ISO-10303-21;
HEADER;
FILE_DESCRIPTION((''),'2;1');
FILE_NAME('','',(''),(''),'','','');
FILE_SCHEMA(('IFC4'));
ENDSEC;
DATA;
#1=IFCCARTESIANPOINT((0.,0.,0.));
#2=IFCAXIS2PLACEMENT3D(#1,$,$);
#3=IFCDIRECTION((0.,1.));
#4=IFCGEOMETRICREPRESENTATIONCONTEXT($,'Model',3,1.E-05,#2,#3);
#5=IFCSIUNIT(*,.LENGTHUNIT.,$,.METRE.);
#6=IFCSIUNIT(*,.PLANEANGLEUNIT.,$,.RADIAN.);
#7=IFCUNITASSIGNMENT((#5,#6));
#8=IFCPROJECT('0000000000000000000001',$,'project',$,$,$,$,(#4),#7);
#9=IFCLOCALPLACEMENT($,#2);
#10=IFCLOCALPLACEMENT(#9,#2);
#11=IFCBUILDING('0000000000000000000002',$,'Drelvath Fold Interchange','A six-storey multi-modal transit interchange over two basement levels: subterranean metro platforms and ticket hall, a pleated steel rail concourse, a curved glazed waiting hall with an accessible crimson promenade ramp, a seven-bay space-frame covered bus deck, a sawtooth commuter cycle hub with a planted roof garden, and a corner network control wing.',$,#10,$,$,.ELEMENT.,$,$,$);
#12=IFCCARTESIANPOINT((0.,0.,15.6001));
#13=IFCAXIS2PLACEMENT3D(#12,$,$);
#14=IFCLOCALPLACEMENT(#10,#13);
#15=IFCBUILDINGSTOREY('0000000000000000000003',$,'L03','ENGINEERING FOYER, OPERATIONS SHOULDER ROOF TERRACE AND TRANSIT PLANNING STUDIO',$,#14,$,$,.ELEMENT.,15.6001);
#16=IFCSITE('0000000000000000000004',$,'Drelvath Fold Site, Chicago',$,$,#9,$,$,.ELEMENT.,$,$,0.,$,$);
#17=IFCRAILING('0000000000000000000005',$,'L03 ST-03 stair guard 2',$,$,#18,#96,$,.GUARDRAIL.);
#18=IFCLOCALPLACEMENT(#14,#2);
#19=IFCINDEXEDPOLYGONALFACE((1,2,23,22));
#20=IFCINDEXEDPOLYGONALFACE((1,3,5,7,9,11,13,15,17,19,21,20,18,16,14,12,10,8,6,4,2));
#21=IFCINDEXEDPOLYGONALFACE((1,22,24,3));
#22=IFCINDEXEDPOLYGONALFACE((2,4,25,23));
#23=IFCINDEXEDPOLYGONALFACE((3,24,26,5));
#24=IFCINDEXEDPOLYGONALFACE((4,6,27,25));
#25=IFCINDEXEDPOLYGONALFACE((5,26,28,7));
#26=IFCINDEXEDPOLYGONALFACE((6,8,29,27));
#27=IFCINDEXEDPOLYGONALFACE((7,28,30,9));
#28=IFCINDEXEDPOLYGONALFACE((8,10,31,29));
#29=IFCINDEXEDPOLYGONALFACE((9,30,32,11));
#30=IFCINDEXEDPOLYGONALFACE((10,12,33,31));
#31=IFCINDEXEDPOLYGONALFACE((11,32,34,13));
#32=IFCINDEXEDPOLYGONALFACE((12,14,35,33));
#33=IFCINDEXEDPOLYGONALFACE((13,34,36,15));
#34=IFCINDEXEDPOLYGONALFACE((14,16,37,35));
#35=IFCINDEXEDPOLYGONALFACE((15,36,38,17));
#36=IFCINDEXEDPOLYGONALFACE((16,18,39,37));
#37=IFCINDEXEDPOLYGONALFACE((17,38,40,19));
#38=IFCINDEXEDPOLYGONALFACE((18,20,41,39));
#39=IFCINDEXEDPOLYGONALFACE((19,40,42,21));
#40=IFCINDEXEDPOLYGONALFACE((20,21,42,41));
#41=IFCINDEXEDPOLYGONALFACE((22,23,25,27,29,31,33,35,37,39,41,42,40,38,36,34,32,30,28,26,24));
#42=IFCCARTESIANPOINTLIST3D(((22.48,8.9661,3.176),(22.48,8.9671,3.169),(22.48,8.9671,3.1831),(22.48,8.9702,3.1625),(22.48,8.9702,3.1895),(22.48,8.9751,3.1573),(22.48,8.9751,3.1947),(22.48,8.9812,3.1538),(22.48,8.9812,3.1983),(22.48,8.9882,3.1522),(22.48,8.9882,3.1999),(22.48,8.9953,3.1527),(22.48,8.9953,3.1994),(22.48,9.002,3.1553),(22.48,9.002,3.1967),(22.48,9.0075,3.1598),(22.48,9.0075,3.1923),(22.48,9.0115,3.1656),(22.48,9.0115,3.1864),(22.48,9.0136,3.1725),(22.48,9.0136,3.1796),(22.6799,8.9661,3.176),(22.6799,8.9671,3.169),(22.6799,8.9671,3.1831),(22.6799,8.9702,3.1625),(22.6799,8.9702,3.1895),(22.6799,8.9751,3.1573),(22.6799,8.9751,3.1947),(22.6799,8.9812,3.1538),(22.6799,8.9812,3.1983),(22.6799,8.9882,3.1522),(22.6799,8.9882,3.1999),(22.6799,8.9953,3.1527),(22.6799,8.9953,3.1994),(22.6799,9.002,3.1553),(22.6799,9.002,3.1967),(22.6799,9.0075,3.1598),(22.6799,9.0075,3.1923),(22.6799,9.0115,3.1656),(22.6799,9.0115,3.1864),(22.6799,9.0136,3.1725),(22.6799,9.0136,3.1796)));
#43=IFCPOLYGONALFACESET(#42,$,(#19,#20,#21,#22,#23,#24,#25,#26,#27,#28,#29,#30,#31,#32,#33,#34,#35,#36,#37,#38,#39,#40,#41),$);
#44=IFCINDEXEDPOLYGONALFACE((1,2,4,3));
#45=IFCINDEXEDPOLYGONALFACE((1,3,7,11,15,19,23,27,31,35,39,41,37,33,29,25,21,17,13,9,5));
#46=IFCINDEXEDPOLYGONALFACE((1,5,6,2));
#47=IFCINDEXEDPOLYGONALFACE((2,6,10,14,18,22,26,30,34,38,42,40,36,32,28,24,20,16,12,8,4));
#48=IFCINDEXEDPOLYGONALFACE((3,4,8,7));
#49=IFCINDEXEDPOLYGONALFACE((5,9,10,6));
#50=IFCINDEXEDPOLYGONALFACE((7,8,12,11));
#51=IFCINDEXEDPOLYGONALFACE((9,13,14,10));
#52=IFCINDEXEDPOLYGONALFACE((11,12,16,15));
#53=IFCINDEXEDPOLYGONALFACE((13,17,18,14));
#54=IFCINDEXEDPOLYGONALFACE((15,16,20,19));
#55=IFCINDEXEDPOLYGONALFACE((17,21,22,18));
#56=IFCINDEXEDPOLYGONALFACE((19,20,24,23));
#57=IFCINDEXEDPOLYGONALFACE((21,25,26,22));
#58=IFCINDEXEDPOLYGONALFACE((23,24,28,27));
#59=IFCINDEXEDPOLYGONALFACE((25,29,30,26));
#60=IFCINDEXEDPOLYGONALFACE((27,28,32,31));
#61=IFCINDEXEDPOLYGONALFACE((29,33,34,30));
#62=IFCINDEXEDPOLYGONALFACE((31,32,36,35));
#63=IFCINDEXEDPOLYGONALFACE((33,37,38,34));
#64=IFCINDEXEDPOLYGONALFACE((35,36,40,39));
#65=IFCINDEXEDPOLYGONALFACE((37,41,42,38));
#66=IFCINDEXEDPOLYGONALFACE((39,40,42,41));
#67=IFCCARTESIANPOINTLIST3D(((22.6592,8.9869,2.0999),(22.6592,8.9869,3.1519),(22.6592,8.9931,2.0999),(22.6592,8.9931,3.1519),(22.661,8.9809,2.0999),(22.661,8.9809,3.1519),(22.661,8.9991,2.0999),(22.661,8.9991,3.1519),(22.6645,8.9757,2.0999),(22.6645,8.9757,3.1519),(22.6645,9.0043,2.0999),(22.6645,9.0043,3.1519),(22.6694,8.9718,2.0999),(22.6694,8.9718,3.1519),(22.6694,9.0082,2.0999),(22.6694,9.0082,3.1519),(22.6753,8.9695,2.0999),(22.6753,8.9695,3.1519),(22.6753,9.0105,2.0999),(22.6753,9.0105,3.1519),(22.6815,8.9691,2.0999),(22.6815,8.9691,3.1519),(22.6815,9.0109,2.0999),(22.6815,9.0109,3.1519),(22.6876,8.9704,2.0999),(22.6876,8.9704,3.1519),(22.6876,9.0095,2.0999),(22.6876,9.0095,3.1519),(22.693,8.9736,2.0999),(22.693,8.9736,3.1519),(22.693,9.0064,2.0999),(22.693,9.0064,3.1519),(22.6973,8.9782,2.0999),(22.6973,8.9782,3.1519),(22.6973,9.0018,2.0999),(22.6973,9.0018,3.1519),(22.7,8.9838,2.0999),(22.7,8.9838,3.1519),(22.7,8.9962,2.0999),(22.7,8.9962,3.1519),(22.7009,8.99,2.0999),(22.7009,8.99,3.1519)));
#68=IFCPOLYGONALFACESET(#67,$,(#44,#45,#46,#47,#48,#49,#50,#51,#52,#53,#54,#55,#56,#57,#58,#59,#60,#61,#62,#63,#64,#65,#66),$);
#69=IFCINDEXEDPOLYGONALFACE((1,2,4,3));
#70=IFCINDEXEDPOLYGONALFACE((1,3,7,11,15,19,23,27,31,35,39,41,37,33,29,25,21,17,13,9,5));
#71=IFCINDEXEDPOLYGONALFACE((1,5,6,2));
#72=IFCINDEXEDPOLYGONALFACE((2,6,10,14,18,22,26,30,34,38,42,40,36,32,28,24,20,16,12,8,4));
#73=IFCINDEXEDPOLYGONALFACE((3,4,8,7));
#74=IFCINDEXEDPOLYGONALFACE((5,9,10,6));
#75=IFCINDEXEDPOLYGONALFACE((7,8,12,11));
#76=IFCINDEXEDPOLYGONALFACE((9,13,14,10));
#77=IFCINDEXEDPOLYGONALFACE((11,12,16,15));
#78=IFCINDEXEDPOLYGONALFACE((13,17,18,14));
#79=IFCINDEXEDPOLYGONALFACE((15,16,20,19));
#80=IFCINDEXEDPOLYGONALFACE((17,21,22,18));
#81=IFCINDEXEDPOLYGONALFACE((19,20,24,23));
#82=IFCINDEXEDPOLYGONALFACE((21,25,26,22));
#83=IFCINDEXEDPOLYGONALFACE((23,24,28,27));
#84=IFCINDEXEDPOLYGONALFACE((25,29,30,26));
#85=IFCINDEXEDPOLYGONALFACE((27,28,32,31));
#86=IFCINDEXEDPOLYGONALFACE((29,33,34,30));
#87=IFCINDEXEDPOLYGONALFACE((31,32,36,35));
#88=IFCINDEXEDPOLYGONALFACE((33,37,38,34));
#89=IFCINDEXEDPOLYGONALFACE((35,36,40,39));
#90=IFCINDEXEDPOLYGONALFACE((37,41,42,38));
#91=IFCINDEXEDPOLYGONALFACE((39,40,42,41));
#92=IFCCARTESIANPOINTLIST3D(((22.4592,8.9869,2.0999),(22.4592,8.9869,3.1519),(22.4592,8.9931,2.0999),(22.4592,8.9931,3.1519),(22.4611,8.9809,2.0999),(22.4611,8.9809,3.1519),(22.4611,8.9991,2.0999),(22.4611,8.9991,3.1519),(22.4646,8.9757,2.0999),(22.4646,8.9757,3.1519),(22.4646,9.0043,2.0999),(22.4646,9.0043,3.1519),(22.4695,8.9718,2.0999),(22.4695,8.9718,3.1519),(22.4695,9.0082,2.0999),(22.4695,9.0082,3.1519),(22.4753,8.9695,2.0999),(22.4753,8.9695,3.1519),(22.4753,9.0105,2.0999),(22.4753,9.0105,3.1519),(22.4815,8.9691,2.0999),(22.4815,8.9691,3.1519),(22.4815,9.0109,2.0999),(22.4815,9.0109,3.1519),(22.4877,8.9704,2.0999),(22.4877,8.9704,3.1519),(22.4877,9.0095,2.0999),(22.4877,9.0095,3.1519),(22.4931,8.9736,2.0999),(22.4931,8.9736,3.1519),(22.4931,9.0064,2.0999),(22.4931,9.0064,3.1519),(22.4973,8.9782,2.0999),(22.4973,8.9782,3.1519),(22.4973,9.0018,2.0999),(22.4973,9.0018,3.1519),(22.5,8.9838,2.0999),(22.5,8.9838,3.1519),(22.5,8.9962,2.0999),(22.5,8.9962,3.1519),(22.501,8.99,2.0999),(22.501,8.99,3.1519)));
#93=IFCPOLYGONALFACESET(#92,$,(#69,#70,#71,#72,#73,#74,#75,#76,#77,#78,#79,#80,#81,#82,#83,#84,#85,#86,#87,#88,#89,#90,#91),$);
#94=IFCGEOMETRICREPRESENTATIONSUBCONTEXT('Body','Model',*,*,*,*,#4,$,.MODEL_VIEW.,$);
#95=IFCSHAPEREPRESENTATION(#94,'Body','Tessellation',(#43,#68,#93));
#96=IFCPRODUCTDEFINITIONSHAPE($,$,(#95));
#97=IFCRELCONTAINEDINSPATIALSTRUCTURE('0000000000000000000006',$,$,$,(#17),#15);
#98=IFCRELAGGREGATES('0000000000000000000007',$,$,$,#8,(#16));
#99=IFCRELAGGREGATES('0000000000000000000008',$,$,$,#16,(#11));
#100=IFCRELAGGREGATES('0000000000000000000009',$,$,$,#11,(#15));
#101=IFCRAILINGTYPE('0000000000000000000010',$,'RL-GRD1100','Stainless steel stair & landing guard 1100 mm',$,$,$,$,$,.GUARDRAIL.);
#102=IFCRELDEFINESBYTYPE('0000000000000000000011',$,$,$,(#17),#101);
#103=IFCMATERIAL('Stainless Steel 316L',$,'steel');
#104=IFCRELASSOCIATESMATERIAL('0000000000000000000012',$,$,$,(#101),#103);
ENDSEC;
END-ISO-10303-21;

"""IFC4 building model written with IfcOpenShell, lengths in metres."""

from ifc_helpers import new_model, si_unit, direction, frame, origin, origin_2d, place, context, subcontext, project, spatial, circle, extrude, material, type_object, element, save


model = new_model("IFC4")

# Units and contexts
model_context = context("Model", 3, precision=1e-05, world=origin(), true_north=direction((0.0, 1.0)))
body_context = subcontext(model_context, "Body", "Model", "MODEL_VIEW")
ifc_project = project(units=[si_unit("LENGTHUNIT", "METRE"), si_unit("PLANEANGLEUNIT", "RADIAN")], contexts=[model_context])

# Site, building, storey
site_placement = place(None, origin())
site = spatial("IfcSite", under=ifc_project, at=site_placement, Name="Drelvath Fold Site, Chicago", CompositionType="ELEMENT", RefElevation=0.0)
building_placement = place(site_placement, origin())
building = spatial("IfcBuilding", under=site, at=building_placement, Name="Drelvath Fold Interchange", Description="A six-storey multi-modal transit interchange over two basement levels: subterranean metro platforms and ticket hall, a pleated steel rail concourse, a curved glazed waiting hall with an accessible crimson promenade ramp, a seven-bay space-frame covered bus deck, a sawtooth commuter cycle hub with a planted roof garden, and a corner network control wing.", CompositionType="ELEMENT")
storey_placement = place(building_placement, frame((0.0, 0.0, 15.6001)))
storey = spatial("IfcBuildingStorey", under=building, at=storey_placement, Name="L03", Description="ENGINEERING FOYER, OPERATIONS SHOULDER ROOF TERRACE AND TRANSIT PLANNING STUDIO", CompositionType="ELEMENT", Elevation=15.6001)

# Railing
ifc_material_1 = material(Name="Stainless Steel 316L", Category="steel")
railing_type_1 = type_object("IfcRailingType", Name="RL-GRD1100", Description="Stainless steel stair & landing guard 1100 mm", PredefinedType="GUARDRAIL", material=ifc_material_1)
railing_1_placement = place(storey_placement, frame((22.6799, 8.99, 2.0999)))
element("IfcRailing", 1, at=railing_1_placement, inside=storey, type_object=railing_type_1, Name="L03 ST-03 stair guard 2", PredefinedType="GUARDRAIL", context=body_context, shape_type="SweptSolid", body=[
    extrude(circle(Radius=0.0239, at=origin_2d()), frame((0.0, 0.0, 1.0762), z_axis=(-1.0, 0.0, 0.0), x_axis=(0.0, -1.0, 0.0)), (0.0, 0.0, 1.0), 0.2),
    extrude(circle(Radius=0.021, at=origin_2d()), origin(), (0.0, 0.0, 1.0), 1.052),
    extrude(circle(Radius=0.021, at=origin_2d()), frame((-0.2, 0.0, 0.0)), (0.0, 0.0, 1.0), 1.052),
])

save(model, "model.ifc")
